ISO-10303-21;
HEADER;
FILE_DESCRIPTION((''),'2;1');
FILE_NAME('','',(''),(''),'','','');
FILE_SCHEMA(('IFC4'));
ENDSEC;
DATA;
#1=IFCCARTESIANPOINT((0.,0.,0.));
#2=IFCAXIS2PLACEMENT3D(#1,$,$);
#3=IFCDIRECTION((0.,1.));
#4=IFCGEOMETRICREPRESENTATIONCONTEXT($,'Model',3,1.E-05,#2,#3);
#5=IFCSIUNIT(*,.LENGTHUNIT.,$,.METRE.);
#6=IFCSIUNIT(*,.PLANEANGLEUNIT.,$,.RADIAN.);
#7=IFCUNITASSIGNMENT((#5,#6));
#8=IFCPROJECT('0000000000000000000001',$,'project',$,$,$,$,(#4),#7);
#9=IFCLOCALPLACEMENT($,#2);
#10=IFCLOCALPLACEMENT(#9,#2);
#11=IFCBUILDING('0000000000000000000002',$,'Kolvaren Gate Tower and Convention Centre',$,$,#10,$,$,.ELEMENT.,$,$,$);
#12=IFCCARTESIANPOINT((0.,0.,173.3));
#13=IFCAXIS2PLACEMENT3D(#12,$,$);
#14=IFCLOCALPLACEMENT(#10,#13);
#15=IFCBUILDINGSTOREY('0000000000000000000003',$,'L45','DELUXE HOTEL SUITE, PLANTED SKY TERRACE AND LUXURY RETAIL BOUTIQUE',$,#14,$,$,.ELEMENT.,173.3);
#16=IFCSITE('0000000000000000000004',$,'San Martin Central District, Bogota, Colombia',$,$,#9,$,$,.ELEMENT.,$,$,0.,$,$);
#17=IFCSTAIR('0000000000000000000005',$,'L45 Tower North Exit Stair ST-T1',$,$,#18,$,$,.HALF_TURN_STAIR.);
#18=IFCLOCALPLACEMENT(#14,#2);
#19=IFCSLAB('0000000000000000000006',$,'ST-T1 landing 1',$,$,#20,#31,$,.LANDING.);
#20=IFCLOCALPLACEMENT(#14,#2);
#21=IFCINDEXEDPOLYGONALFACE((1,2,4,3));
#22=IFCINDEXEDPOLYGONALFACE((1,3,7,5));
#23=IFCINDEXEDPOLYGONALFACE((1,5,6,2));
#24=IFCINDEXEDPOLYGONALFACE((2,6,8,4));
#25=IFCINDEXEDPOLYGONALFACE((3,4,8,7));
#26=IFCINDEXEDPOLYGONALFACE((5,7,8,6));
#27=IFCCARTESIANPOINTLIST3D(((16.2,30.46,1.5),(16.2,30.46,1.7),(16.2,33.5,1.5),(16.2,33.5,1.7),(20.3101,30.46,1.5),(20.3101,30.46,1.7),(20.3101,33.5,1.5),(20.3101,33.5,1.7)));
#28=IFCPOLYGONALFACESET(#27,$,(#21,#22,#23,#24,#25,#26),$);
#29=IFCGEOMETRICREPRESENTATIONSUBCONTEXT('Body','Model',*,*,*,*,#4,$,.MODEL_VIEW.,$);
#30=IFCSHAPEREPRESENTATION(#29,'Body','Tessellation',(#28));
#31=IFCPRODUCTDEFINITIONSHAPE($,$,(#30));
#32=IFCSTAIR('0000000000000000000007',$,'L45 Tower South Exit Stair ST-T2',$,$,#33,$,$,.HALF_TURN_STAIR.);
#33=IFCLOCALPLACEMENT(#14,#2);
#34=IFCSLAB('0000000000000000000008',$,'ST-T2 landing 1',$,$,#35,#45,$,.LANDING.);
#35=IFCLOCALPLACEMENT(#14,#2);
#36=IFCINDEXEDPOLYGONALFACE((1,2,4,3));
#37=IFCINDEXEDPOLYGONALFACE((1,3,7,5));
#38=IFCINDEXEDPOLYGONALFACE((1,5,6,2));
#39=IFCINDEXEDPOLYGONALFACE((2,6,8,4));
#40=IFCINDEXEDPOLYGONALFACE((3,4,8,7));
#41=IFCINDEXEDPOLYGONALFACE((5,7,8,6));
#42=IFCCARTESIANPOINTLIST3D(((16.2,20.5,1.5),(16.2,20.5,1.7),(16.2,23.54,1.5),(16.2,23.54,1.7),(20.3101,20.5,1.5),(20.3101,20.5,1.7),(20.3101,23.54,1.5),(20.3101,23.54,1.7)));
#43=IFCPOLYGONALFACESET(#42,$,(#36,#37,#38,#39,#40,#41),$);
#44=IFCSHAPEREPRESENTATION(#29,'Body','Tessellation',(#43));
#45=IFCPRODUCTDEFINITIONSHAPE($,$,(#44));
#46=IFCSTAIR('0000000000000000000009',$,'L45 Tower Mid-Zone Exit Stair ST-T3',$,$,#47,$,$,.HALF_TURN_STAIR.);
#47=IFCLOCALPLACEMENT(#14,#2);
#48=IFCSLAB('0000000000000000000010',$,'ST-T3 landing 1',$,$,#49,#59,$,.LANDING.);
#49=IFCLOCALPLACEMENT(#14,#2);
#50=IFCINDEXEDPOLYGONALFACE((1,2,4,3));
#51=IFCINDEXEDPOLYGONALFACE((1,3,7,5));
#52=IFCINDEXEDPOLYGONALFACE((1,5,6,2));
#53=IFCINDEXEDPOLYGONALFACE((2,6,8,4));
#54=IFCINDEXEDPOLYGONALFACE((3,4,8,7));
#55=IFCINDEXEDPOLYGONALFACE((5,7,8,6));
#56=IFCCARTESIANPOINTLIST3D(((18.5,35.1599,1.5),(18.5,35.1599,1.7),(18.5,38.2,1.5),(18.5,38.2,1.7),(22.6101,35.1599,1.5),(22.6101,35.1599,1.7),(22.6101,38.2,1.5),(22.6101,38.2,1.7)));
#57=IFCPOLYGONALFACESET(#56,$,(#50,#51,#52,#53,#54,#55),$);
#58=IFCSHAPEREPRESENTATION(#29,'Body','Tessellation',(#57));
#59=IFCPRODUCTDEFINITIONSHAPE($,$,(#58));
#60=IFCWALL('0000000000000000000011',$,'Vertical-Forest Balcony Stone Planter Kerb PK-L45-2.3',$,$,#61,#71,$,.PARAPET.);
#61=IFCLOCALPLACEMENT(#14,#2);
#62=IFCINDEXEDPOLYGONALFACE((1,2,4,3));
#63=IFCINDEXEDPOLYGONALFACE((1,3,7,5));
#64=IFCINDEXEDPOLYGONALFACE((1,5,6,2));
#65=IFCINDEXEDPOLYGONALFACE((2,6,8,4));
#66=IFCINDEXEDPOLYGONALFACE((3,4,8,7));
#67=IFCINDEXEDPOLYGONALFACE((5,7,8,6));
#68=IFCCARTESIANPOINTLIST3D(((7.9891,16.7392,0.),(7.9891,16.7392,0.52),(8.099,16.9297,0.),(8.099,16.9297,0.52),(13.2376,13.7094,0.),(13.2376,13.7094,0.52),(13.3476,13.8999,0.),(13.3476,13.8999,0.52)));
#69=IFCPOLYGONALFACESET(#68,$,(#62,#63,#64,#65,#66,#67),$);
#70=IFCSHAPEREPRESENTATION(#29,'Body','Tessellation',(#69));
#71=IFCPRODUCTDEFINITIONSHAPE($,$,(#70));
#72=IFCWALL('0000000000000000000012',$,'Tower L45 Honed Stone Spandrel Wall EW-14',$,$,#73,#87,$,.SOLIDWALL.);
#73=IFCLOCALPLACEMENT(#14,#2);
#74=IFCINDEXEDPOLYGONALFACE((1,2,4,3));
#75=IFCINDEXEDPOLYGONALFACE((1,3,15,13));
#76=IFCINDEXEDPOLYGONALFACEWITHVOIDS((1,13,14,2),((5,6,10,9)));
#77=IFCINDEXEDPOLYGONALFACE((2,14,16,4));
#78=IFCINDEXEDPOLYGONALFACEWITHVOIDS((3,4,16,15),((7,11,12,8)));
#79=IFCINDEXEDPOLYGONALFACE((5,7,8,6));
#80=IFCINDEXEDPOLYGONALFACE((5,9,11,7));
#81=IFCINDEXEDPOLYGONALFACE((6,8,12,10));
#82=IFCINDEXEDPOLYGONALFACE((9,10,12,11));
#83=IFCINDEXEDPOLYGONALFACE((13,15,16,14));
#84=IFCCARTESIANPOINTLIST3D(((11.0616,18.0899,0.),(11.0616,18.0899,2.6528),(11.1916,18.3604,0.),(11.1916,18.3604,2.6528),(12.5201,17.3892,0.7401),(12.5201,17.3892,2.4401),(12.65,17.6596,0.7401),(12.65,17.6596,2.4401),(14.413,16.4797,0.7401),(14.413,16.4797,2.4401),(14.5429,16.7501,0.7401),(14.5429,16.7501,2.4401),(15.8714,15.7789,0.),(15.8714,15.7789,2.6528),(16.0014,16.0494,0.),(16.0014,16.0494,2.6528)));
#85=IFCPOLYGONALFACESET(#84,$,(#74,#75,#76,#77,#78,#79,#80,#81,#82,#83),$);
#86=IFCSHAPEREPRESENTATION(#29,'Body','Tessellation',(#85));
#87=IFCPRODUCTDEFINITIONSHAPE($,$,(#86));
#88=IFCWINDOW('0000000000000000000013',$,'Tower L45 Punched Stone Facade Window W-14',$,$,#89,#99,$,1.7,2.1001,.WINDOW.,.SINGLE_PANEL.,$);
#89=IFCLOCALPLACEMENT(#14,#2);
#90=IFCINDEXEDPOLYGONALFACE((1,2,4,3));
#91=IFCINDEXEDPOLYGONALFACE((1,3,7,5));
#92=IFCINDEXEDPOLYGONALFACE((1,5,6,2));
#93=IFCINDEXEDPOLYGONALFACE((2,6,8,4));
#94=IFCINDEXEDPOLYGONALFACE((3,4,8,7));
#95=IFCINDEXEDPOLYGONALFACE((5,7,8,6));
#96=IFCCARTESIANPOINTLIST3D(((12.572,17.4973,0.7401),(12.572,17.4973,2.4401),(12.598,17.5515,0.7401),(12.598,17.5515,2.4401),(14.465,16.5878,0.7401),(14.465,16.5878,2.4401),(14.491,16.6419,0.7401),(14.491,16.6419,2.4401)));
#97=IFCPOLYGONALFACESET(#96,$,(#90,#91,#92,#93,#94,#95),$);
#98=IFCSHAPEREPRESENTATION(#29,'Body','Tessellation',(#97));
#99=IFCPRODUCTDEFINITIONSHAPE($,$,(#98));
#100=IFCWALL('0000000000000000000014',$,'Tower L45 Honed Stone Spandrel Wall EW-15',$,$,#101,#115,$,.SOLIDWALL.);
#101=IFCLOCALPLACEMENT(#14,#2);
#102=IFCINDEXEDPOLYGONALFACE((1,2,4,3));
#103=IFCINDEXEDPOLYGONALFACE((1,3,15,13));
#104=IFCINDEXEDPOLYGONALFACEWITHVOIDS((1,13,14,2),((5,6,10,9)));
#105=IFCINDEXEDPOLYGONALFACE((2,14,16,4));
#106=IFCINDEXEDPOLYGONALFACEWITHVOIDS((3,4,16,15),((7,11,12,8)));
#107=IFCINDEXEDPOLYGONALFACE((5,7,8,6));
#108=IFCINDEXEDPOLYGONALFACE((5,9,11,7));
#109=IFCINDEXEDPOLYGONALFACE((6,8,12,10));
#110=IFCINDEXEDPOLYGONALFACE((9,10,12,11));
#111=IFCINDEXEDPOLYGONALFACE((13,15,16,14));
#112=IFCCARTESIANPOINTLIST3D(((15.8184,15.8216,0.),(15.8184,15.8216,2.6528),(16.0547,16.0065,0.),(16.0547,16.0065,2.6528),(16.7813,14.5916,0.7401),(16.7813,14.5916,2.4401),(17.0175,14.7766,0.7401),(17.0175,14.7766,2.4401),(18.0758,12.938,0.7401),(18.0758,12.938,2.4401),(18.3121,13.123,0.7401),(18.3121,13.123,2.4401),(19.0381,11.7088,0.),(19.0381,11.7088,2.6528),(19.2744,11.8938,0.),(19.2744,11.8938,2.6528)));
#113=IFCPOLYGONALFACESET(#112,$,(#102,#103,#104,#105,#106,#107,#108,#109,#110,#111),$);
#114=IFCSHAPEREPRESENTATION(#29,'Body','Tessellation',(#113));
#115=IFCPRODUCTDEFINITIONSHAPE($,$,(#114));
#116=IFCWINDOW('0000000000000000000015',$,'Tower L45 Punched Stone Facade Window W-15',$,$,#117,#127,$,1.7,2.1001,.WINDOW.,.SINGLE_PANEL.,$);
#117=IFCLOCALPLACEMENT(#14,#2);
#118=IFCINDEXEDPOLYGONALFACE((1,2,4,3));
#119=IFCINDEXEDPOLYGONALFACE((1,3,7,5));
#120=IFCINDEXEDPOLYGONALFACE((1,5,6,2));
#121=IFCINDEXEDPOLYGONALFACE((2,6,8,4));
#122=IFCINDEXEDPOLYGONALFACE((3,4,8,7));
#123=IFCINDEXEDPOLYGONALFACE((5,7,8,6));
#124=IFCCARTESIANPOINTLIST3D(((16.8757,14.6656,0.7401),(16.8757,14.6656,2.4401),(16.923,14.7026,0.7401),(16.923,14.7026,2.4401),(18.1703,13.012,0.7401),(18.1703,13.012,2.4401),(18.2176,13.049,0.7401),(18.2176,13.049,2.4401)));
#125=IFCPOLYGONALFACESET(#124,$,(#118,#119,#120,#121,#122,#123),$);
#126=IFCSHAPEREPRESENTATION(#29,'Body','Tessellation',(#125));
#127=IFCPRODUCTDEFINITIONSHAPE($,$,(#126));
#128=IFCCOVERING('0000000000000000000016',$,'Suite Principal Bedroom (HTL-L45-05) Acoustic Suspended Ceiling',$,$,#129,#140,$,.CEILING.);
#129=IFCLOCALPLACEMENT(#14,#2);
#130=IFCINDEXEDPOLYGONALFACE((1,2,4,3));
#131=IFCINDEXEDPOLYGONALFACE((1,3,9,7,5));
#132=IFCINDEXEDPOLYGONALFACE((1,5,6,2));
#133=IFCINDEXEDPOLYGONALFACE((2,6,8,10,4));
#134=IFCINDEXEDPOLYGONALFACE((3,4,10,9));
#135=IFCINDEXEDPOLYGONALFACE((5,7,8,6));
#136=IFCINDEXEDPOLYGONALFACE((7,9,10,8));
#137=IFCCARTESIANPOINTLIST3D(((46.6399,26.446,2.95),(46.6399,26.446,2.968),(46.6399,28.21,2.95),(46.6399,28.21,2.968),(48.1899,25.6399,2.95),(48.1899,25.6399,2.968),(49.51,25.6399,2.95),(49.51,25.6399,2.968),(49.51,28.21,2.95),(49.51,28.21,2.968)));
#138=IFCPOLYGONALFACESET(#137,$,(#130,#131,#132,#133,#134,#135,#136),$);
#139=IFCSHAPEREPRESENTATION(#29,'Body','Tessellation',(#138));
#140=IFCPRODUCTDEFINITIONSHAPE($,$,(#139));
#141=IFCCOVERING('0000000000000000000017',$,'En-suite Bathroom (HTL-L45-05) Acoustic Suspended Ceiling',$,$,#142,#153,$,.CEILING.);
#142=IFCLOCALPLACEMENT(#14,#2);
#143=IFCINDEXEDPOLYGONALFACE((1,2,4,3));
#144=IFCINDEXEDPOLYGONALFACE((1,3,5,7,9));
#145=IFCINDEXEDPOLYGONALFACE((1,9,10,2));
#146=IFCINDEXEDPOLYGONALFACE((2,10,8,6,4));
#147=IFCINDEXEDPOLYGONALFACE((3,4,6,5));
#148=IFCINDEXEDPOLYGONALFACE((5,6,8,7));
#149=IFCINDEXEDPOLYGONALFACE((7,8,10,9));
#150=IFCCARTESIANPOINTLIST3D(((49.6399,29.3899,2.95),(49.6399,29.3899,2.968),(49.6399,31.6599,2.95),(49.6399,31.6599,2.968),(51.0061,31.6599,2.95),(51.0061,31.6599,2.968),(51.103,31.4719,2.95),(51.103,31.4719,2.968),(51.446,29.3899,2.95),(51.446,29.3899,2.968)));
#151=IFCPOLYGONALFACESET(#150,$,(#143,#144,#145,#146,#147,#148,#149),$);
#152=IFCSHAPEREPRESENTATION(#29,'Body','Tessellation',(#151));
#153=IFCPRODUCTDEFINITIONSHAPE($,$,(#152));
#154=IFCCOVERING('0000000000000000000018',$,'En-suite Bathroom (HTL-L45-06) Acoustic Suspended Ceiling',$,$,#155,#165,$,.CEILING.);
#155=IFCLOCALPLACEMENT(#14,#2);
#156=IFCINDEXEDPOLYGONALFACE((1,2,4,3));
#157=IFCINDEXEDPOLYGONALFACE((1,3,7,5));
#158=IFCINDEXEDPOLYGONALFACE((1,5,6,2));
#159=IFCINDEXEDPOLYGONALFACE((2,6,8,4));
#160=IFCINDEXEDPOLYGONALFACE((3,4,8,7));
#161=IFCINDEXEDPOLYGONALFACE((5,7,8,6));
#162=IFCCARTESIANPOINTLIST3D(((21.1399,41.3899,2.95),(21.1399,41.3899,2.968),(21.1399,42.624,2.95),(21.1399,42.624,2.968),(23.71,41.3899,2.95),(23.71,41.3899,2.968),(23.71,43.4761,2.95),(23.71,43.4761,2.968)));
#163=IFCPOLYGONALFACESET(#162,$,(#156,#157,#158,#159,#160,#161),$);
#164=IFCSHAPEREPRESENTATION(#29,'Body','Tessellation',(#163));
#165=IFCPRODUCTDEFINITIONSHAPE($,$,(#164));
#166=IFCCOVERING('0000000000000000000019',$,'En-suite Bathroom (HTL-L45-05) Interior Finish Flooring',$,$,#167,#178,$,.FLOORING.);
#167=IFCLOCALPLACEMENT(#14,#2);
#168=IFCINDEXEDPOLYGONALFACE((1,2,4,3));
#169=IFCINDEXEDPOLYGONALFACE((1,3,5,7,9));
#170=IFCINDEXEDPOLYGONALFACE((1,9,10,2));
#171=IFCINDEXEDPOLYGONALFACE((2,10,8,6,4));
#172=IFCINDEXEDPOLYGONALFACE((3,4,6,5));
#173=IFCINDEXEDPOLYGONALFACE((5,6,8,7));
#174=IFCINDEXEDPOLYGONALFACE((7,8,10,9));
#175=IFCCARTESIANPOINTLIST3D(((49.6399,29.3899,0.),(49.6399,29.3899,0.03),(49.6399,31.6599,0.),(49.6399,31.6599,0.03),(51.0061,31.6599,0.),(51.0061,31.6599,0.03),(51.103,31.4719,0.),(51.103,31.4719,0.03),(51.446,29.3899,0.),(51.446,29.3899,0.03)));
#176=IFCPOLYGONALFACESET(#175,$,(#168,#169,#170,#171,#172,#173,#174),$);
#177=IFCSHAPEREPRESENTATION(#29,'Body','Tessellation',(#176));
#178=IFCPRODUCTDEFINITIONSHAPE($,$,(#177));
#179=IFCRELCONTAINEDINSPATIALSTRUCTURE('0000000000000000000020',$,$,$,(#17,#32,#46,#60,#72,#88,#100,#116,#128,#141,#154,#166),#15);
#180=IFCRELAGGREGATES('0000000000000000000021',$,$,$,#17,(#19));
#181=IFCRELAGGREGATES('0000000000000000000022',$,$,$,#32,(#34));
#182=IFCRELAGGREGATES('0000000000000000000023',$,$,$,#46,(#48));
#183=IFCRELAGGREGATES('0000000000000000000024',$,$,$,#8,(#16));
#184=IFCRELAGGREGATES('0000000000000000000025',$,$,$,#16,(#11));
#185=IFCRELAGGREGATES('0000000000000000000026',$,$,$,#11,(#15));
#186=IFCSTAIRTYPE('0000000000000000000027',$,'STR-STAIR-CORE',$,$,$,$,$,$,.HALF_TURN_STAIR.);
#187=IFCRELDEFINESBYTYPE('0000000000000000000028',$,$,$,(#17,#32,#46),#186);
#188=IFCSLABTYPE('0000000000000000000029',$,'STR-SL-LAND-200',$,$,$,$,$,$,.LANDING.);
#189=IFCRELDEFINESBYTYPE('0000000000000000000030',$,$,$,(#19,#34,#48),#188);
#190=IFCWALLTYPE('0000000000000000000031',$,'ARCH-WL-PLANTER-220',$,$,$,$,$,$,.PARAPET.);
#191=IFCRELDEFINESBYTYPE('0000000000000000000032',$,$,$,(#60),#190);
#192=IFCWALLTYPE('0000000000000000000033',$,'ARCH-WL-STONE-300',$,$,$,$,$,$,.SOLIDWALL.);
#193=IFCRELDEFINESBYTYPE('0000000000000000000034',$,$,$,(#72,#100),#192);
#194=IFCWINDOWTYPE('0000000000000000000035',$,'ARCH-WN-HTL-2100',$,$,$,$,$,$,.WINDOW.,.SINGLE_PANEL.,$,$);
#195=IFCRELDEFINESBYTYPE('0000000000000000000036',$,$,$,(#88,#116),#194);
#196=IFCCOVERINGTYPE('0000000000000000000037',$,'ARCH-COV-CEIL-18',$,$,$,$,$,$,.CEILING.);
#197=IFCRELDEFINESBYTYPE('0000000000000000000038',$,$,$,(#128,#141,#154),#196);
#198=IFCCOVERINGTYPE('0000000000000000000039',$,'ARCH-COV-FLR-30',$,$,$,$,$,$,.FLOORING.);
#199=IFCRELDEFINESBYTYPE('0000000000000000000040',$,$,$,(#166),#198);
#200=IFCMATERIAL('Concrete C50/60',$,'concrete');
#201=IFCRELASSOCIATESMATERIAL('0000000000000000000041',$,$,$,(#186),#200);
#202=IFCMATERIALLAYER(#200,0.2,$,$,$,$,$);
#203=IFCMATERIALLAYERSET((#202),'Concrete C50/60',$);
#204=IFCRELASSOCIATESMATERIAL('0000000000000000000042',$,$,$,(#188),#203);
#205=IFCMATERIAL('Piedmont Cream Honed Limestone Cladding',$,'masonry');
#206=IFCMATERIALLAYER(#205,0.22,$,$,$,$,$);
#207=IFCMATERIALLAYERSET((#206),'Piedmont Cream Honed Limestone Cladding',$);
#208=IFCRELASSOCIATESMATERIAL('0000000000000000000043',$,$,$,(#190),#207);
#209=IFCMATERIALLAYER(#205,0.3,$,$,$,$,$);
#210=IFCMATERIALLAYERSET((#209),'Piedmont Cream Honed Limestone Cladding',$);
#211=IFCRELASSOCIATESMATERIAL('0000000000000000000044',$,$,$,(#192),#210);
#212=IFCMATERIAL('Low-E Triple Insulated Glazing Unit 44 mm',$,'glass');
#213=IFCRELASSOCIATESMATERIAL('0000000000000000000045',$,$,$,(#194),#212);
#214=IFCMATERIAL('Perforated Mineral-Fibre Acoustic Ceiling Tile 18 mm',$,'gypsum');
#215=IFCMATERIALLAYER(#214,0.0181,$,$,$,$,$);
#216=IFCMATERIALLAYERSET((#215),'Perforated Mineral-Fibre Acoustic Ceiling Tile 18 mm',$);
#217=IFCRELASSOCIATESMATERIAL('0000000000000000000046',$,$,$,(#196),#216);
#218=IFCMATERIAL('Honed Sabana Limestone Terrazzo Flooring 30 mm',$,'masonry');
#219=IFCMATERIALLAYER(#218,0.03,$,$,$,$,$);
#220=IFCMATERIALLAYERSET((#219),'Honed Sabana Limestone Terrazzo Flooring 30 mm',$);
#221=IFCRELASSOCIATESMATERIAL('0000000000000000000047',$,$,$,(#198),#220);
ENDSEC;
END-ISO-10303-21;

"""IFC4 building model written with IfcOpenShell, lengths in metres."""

from ifc_helpers import new_model, si_unit, direction, frame, frame_2d, origin, place, context, subcontext, project, spatial, polyline, rectangle, outline, extrude, material, layer, layer_set, type_object, element, fill, aggregate, save


model = new_model("IFC4")

# Units and contexts
model_context = context("Model", 3, precision=1e-05, world=origin(), true_north=direction((0.0, 1.0)))
body_context = subcontext(model_context, "Body", "Model", "MODEL_VIEW")
ifc_project = project(units=[si_unit("LENGTHUNIT", "METRE"), si_unit("PLANEANGLEUNIT", "RADIAN")], contexts=[model_context])

# Site, building, storey
site_placement = place(None, origin())
site = spatial("IfcSite", under=ifc_project, at=site_placement, Name="San Martin Central District, Bogota, Colombia", CompositionType="ELEMENT", RefElevation=0.0)
building_placement = place(site_placement, origin())
building = spatial("IfcBuilding", under=site, at=building_placement, Name="Kolvaren Gate Tower and Convention Centre", CompositionType="ELEMENT")
storey_placement = place(building_placement, frame((0.0, 0.0, 173.3)))
storey = spatial("IfcBuildingStorey", under=building, at=storey_placement, Name="L45", Description="DELUXE HOTEL SUITE, PLANTED SKY TERRACE AND LUXURY RETAIL BOUTIQUE", CompositionType="ELEMENT", Elevation=173.3)

# Shared definitions
ifc_material_1 = material(Name="Concrete C50/60", Category="concrete")

# Stairs, slabs
stair_type = type_object("IfcStairType", Name="STR-STAIR-CORE", PredefinedType="HALF_TURN_STAIR", material=ifc_material_1)
stair_1_placement = place(storey_placement, origin())
stair_1 = element("IfcStair", 1, at=stair_1_placement, inside=storey, type_object=stair_type, Name="L45 Tower North Exit Stair ST-T1", PredefinedType="HALF_TURN_STAIR")
ifc_layer_1 = layer(ifc_material_1, 0.2)
ifc_layer_set_1 = layer_set([ifc_layer_1], Name="Concrete C50/60")
slab_type_1 = type_object("IfcSlabType", Name="STR-SL-LAND-200", PredefinedType="LANDING", material=ifc_layer_set_1)
slab_1_placement = place(storey_placement, frame((0.0, 0.0, 1.5)))
slab_1 = element("IfcSlab", 2, at=slab_1_placement, type_object=slab_type_1, Name="ST-T1 landing 1", PredefinedType="LANDING", context=body_context, shape_type="SweptSolid", body=[
    extrude(outline(polyline([(20.3101, 33.5), (16.2, 33.5), (16.2, 30.46), (20.3101, 30.46), (20.3101, 33.5)])), origin(), (0.0, 0.0, 1.0), 0.2),
])
aggregate(stair_1, [slab_1])
stair_2_placement = place(storey_placement, origin())
stair_2 = element("IfcStair", 3, at=stair_2_placement, inside=storey, type_object=stair_type, Name="L45 Tower South Exit Stair ST-T2", PredefinedType="HALF_TURN_STAIR")
slab_2_placement = place(storey_placement, frame((0.0, 0.0, 1.5)))
slab_2 = element("IfcSlab", 4, at=slab_2_placement, type_object=slab_type_1, Name="ST-T2 landing 1", PredefinedType="LANDING", context=body_context, shape_type="SweptSolid", body=[
    extrude(outline(polyline([(20.3101, 23.54), (16.2, 23.54), (16.2, 20.5), (20.3101, 20.5), (20.3101, 23.54)])), origin(), (0.0, 0.0, 1.0), 0.2),
])
aggregate(stair_2, [slab_2])
stair_3_placement = place(storey_placement, origin())
stair_3 = element("IfcStair", 5, at=stair_3_placement, inside=storey, type_object=stair_type, Name="L45 Tower Mid-Zone Exit Stair ST-T3", PredefinedType="HALF_TURN_STAIR")
slab_3_placement = place(storey_placement, frame((0.0, 0.0, 1.5)))
slab_3 = element("IfcSlab", 6, at=slab_3_placement, type_object=slab_type_1, Name="ST-T3 landing 1", PredefinedType="LANDING", context=body_context, shape_type="SweptSolid", body=[
    extrude(outline(polyline([(22.6101, 38.2), (18.5, 38.2), (18.5, 35.1599), (22.6101, 35.1599), (22.6101, 38.2)])), origin(), (0.0, 0.0, 1.0), 0.2),
])
aggregate(stair_3, [slab_3])

# Wall
ifc_material_2 = material(Name="Piedmont Cream Honed Limestone Cladding", Category="masonry")
ifc_layer_2 = layer(ifc_material_2, 0.22)
ifc_layer_set_2 = layer_set([ifc_layer_2], Name="Piedmont Cream Honed Limestone Cladding")
wall_type_1 = type_object("IfcWallType", Name="ARCH-WL-PLANTER-220", PredefinedType="PARAPET", material=ifc_layer_set_2)
wall_1_placement = place(storey_placement, frame((8.0439, 16.8345, 0.0), z_axis=(0.0, 0.0, 1.0), x_axis=(0.866058, -0.499943, 0.0)))
element("IfcWall", 7, at=wall_1_placement, inside=storey, type_object=wall_type_1, Name="Vertical-Forest Balcony Stone Planter Kerb PK-L45-2.3", PredefinedType="PARAPET", context=body_context, shape_type="SweptSolid", body=[
    extrude(rectangle(XDim=6.0603, YDim=0.22, at=frame_2d((3.0303, 0.0))), origin(), (0.0, 0.0, 1.0), 0.52),
])

# Walls, openings, windows
ifc_layer_3 = layer(ifc_material_2, 0.3)
ifc_layer_set_3 = layer_set([ifc_layer_3], Name="Piedmont Cream Honed Limestone Cladding")
wall_type_2 = type_object("IfcWallType", Name="ARCH-WL-STONE-300", PredefinedType="SOLIDWALL", material=ifc_layer_set_3)
wall_2_placement = place(storey_placement, frame((11.1267, 18.2251, 0.0), z_axis=(0.0, 0.0, 1.0), x_axis=(0.901353, -0.433085, 0.0)))
wall_2 = element("IfcWall", 8, at=wall_2_placement, inside=storey, type_object=wall_type_2, Name="Tower L45 Honed Stone Spandrel Wall EW-14", PredefinedType="SOLIDWALL", context=body_context, shape_type="SweptSolid", body=[
    extrude(rectangle(XDim=5.3362, YDim=0.3, at=frame_2d((2.668, 0.0))), origin(), (0.0, 0.0, 1.0), 2.6528),
])
opening_1_placement = place(wall_2_placement, frame((1.6179, 0.0, 0.74)))
opening_1 = element("IfcOpeningElement", 9, at=opening_1_placement, cuts=wall_2, PredefinedType="OPENING", context=body_context, shape_type="SweptSolid", body=[
    extrude(rectangle(XDim=2.1001, YDim=1.7, at=frame_2d((1.05, 0.8501))), frame((0.0, 0.1599, 0.0), z_axis=(0.0, -1.0, 0.0), x_axis=(1.0, 0.0, 0.0)), (0.0, 0.0, 1.0), 0.3201),
])
ifc_material_3 = material(Name="Low-E Triple Insulated Glazing Unit 44 mm", Category="glass")
window_type = type_object("IfcWindowType", Name="ARCH-WN-HTL-2100", PartitioningType="SINGLE_PANEL", PredefinedType="WINDOW", material=ifc_material_3)
window_1_placement = place(opening_1_placement, origin())
window_1 = element("IfcWindow", 10, at=window_1_placement, inside=storey, type_object=window_type, Name="Tower L45 Punched Stone Facade Window W-14", OverallHeight=1.7, OverallWidth=2.1001, PartitioningType="SINGLE_PANEL", PredefinedType="WINDOW", context=body_context, shape_type="SweptSolid", body=[
    extrude(rectangle(XDim=2.1001, YDim=1.7, at=frame_2d((1.05, 0.8501))), frame((0.0, 0.03, 0.0), z_axis=(0.0, -1.0, 0.0), x_axis=(1.0, 0.0, 0.0)), (0.0, 0.0, 1.0), 0.0601),
])
fill(opening_1, window_1)
wall_3_placement = place(storey_placement, frame((15.9365, 15.9141, 0.0), z_axis=(0.0, 0.0, 1.0), x_axis=(0.616429, -0.78741, 0.0)))
wall_3 = element("IfcWall", 11, at=wall_3_placement, inside=storey, type_object=wall_type_2, Name="Tower L45 Honed Stone Spandrel Wall EW-15", PredefinedType="SOLIDWALL", context=body_context, shape_type="SweptSolid", body=[
    extrude(rectangle(XDim=5.2231, YDim=0.3, at=frame_2d((2.6116, 0.0))), origin(), (0.0, 0.0, 1.0), 2.6528),
])
opening_2_placement = place(wall_3_placement, frame((1.562, 0.0, 0.74)))
opening_2 = element("IfcOpeningElement", 12, at=opening_2_placement, cuts=wall_3, PredefinedType="OPENING", context=body_context, shape_type="SweptSolid", body=[
    extrude(rectangle(XDim=2.1001, YDim=1.7, at=frame_2d((1.05, 0.8501))), frame((0.0, 0.1599, 0.0), z_axis=(0.0, -1.0, 0.0), x_axis=(1.0, 0.0, 0.0)), (0.0, 0.0, 1.0), 0.3201),
])
window_2_placement = place(opening_2_placement, origin())
window_2 = element("IfcWindow", 13, at=window_2_placement, inside=storey, type_object=window_type, Name="Tower L45 Punched Stone Facade Window W-15", OverallHeight=1.7, OverallWidth=2.1001, PartitioningType="SINGLE_PANEL", PredefinedType="WINDOW", context=body_context, shape_type="SweptSolid", body=[
    extrude(rectangle(XDim=2.1001, YDim=1.7, at=frame_2d((1.05, 0.8501))), frame((0.0, 0.03, 0.0), z_axis=(0.0, -1.0, 0.0), x_axis=(1.0, 0.0, 0.0)), (0.0, 0.0, 1.0), 0.0601),
])
fill(opening_2, window_2)

# Coverings
ifc_material_4 = material(Name="Perforated Mineral-Fibre Acoustic Ceiling Tile 18 mm", Category="gypsum")
ifc_layer_4 = layer(ifc_material_4, 0.0181)
ifc_layer_set_4 = layer_set([ifc_layer_4], Name="Perforated Mineral-Fibre Acoustic Ceiling Tile 18 mm")
covering_type_1 = type_object("IfcCoveringType", Name="ARCH-COV-CEIL-18", PredefinedType="CEILING", material=ifc_layer_set_4)
covering_1_placement = place(storey_placement, frame((0.0, 0.0, 2.95)))
element("IfcCovering", 14, at=covering_1_placement, inside=storey, type_object=covering_type_1, Name="Suite Principal Bedroom (HTL-L45-05) Acoustic Suspended Ceiling", PredefinedType="CEILING", context=body_context, shape_type="SweptSolid", body=[
    extrude(outline(polyline([(46.6399, 28.21), (49.51, 28.21), (49.51, 25.6399), (48.1899, 25.6399), (46.6399, 26.446), (46.6399, 28.21)])), origin(), (0.0, 0.0, 1.0), 0.0181),
])
covering_2_placement = place(storey_placement, frame((0.0, 0.0, 2.95)))
element("IfcCovering", 15, at=covering_2_placement, inside=storey, type_object=covering_type_1, Name="En-suite Bathroom (HTL-L45-05) Acoustic Suspended Ceiling", PredefinedType="CEILING", context=body_context, shape_type="SweptSolid", body=[
    extrude(outline(polyline([(49.6399, 29.3899), (49.6399, 31.6599), (51.0061, 31.6599), (51.103, 31.4719), (51.446, 29.3899), (49.6399, 29.3899)])), origin(), (0.0, 0.0, 1.0), 0.0181),
])
covering_3_placement = place(storey_placement, frame((0.0, 0.0, 2.95)))
element("IfcCovering", 16, at=covering_3_placement, inside=storey, type_object=covering_type_1, Name="En-suite Bathroom (HTL-L45-06) Acoustic Suspended Ceiling", PredefinedType="CEILING", context=body_context, shape_type="SweptSolid", body=[
    extrude(outline(polyline([(23.71, 41.3899), (21.1399, 41.3899), (21.1399, 42.624), (23.71, 43.4761), (23.71, 41.3899)])), origin(), (0.0, 0.0, 1.0), 0.0181),
])
ifc_material_5 = material(Name="Honed Sabana Limestone Terrazzo Flooring 30 mm", Category="masonry")
ifc_layer_5 = layer(ifc_material_5, 0.03)
ifc_layer_set_5 = layer_set([ifc_layer_5], Name="Honed Sabana Limestone Terrazzo Flooring 30 mm")
covering_type_2 = type_object("IfcCoveringType", Name="ARCH-COV-FLR-30", PredefinedType="FLOORING", material=ifc_layer_set_5)
covering_4_placement = place(storey_placement, origin())
element("IfcCovering", 17, at=covering_4_placement, inside=storey, type_object=covering_type_2, Name="En-suite Bathroom (HTL-L45-05) Interior Finish Flooring", PredefinedType="FLOORING", context=body_context, shape_type="SweptSolid", body=[
    extrude(outline(polyline([(49.6399, 29.3899), (49.6399, 31.6599), (51.0061, 31.6599), (51.103, 31.4719), (51.446, 29.3899), (49.6399, 29.3899)])), origin(), (0.0, 0.0, 1.0), 0.03),
])

save(model, "model.ifc")
